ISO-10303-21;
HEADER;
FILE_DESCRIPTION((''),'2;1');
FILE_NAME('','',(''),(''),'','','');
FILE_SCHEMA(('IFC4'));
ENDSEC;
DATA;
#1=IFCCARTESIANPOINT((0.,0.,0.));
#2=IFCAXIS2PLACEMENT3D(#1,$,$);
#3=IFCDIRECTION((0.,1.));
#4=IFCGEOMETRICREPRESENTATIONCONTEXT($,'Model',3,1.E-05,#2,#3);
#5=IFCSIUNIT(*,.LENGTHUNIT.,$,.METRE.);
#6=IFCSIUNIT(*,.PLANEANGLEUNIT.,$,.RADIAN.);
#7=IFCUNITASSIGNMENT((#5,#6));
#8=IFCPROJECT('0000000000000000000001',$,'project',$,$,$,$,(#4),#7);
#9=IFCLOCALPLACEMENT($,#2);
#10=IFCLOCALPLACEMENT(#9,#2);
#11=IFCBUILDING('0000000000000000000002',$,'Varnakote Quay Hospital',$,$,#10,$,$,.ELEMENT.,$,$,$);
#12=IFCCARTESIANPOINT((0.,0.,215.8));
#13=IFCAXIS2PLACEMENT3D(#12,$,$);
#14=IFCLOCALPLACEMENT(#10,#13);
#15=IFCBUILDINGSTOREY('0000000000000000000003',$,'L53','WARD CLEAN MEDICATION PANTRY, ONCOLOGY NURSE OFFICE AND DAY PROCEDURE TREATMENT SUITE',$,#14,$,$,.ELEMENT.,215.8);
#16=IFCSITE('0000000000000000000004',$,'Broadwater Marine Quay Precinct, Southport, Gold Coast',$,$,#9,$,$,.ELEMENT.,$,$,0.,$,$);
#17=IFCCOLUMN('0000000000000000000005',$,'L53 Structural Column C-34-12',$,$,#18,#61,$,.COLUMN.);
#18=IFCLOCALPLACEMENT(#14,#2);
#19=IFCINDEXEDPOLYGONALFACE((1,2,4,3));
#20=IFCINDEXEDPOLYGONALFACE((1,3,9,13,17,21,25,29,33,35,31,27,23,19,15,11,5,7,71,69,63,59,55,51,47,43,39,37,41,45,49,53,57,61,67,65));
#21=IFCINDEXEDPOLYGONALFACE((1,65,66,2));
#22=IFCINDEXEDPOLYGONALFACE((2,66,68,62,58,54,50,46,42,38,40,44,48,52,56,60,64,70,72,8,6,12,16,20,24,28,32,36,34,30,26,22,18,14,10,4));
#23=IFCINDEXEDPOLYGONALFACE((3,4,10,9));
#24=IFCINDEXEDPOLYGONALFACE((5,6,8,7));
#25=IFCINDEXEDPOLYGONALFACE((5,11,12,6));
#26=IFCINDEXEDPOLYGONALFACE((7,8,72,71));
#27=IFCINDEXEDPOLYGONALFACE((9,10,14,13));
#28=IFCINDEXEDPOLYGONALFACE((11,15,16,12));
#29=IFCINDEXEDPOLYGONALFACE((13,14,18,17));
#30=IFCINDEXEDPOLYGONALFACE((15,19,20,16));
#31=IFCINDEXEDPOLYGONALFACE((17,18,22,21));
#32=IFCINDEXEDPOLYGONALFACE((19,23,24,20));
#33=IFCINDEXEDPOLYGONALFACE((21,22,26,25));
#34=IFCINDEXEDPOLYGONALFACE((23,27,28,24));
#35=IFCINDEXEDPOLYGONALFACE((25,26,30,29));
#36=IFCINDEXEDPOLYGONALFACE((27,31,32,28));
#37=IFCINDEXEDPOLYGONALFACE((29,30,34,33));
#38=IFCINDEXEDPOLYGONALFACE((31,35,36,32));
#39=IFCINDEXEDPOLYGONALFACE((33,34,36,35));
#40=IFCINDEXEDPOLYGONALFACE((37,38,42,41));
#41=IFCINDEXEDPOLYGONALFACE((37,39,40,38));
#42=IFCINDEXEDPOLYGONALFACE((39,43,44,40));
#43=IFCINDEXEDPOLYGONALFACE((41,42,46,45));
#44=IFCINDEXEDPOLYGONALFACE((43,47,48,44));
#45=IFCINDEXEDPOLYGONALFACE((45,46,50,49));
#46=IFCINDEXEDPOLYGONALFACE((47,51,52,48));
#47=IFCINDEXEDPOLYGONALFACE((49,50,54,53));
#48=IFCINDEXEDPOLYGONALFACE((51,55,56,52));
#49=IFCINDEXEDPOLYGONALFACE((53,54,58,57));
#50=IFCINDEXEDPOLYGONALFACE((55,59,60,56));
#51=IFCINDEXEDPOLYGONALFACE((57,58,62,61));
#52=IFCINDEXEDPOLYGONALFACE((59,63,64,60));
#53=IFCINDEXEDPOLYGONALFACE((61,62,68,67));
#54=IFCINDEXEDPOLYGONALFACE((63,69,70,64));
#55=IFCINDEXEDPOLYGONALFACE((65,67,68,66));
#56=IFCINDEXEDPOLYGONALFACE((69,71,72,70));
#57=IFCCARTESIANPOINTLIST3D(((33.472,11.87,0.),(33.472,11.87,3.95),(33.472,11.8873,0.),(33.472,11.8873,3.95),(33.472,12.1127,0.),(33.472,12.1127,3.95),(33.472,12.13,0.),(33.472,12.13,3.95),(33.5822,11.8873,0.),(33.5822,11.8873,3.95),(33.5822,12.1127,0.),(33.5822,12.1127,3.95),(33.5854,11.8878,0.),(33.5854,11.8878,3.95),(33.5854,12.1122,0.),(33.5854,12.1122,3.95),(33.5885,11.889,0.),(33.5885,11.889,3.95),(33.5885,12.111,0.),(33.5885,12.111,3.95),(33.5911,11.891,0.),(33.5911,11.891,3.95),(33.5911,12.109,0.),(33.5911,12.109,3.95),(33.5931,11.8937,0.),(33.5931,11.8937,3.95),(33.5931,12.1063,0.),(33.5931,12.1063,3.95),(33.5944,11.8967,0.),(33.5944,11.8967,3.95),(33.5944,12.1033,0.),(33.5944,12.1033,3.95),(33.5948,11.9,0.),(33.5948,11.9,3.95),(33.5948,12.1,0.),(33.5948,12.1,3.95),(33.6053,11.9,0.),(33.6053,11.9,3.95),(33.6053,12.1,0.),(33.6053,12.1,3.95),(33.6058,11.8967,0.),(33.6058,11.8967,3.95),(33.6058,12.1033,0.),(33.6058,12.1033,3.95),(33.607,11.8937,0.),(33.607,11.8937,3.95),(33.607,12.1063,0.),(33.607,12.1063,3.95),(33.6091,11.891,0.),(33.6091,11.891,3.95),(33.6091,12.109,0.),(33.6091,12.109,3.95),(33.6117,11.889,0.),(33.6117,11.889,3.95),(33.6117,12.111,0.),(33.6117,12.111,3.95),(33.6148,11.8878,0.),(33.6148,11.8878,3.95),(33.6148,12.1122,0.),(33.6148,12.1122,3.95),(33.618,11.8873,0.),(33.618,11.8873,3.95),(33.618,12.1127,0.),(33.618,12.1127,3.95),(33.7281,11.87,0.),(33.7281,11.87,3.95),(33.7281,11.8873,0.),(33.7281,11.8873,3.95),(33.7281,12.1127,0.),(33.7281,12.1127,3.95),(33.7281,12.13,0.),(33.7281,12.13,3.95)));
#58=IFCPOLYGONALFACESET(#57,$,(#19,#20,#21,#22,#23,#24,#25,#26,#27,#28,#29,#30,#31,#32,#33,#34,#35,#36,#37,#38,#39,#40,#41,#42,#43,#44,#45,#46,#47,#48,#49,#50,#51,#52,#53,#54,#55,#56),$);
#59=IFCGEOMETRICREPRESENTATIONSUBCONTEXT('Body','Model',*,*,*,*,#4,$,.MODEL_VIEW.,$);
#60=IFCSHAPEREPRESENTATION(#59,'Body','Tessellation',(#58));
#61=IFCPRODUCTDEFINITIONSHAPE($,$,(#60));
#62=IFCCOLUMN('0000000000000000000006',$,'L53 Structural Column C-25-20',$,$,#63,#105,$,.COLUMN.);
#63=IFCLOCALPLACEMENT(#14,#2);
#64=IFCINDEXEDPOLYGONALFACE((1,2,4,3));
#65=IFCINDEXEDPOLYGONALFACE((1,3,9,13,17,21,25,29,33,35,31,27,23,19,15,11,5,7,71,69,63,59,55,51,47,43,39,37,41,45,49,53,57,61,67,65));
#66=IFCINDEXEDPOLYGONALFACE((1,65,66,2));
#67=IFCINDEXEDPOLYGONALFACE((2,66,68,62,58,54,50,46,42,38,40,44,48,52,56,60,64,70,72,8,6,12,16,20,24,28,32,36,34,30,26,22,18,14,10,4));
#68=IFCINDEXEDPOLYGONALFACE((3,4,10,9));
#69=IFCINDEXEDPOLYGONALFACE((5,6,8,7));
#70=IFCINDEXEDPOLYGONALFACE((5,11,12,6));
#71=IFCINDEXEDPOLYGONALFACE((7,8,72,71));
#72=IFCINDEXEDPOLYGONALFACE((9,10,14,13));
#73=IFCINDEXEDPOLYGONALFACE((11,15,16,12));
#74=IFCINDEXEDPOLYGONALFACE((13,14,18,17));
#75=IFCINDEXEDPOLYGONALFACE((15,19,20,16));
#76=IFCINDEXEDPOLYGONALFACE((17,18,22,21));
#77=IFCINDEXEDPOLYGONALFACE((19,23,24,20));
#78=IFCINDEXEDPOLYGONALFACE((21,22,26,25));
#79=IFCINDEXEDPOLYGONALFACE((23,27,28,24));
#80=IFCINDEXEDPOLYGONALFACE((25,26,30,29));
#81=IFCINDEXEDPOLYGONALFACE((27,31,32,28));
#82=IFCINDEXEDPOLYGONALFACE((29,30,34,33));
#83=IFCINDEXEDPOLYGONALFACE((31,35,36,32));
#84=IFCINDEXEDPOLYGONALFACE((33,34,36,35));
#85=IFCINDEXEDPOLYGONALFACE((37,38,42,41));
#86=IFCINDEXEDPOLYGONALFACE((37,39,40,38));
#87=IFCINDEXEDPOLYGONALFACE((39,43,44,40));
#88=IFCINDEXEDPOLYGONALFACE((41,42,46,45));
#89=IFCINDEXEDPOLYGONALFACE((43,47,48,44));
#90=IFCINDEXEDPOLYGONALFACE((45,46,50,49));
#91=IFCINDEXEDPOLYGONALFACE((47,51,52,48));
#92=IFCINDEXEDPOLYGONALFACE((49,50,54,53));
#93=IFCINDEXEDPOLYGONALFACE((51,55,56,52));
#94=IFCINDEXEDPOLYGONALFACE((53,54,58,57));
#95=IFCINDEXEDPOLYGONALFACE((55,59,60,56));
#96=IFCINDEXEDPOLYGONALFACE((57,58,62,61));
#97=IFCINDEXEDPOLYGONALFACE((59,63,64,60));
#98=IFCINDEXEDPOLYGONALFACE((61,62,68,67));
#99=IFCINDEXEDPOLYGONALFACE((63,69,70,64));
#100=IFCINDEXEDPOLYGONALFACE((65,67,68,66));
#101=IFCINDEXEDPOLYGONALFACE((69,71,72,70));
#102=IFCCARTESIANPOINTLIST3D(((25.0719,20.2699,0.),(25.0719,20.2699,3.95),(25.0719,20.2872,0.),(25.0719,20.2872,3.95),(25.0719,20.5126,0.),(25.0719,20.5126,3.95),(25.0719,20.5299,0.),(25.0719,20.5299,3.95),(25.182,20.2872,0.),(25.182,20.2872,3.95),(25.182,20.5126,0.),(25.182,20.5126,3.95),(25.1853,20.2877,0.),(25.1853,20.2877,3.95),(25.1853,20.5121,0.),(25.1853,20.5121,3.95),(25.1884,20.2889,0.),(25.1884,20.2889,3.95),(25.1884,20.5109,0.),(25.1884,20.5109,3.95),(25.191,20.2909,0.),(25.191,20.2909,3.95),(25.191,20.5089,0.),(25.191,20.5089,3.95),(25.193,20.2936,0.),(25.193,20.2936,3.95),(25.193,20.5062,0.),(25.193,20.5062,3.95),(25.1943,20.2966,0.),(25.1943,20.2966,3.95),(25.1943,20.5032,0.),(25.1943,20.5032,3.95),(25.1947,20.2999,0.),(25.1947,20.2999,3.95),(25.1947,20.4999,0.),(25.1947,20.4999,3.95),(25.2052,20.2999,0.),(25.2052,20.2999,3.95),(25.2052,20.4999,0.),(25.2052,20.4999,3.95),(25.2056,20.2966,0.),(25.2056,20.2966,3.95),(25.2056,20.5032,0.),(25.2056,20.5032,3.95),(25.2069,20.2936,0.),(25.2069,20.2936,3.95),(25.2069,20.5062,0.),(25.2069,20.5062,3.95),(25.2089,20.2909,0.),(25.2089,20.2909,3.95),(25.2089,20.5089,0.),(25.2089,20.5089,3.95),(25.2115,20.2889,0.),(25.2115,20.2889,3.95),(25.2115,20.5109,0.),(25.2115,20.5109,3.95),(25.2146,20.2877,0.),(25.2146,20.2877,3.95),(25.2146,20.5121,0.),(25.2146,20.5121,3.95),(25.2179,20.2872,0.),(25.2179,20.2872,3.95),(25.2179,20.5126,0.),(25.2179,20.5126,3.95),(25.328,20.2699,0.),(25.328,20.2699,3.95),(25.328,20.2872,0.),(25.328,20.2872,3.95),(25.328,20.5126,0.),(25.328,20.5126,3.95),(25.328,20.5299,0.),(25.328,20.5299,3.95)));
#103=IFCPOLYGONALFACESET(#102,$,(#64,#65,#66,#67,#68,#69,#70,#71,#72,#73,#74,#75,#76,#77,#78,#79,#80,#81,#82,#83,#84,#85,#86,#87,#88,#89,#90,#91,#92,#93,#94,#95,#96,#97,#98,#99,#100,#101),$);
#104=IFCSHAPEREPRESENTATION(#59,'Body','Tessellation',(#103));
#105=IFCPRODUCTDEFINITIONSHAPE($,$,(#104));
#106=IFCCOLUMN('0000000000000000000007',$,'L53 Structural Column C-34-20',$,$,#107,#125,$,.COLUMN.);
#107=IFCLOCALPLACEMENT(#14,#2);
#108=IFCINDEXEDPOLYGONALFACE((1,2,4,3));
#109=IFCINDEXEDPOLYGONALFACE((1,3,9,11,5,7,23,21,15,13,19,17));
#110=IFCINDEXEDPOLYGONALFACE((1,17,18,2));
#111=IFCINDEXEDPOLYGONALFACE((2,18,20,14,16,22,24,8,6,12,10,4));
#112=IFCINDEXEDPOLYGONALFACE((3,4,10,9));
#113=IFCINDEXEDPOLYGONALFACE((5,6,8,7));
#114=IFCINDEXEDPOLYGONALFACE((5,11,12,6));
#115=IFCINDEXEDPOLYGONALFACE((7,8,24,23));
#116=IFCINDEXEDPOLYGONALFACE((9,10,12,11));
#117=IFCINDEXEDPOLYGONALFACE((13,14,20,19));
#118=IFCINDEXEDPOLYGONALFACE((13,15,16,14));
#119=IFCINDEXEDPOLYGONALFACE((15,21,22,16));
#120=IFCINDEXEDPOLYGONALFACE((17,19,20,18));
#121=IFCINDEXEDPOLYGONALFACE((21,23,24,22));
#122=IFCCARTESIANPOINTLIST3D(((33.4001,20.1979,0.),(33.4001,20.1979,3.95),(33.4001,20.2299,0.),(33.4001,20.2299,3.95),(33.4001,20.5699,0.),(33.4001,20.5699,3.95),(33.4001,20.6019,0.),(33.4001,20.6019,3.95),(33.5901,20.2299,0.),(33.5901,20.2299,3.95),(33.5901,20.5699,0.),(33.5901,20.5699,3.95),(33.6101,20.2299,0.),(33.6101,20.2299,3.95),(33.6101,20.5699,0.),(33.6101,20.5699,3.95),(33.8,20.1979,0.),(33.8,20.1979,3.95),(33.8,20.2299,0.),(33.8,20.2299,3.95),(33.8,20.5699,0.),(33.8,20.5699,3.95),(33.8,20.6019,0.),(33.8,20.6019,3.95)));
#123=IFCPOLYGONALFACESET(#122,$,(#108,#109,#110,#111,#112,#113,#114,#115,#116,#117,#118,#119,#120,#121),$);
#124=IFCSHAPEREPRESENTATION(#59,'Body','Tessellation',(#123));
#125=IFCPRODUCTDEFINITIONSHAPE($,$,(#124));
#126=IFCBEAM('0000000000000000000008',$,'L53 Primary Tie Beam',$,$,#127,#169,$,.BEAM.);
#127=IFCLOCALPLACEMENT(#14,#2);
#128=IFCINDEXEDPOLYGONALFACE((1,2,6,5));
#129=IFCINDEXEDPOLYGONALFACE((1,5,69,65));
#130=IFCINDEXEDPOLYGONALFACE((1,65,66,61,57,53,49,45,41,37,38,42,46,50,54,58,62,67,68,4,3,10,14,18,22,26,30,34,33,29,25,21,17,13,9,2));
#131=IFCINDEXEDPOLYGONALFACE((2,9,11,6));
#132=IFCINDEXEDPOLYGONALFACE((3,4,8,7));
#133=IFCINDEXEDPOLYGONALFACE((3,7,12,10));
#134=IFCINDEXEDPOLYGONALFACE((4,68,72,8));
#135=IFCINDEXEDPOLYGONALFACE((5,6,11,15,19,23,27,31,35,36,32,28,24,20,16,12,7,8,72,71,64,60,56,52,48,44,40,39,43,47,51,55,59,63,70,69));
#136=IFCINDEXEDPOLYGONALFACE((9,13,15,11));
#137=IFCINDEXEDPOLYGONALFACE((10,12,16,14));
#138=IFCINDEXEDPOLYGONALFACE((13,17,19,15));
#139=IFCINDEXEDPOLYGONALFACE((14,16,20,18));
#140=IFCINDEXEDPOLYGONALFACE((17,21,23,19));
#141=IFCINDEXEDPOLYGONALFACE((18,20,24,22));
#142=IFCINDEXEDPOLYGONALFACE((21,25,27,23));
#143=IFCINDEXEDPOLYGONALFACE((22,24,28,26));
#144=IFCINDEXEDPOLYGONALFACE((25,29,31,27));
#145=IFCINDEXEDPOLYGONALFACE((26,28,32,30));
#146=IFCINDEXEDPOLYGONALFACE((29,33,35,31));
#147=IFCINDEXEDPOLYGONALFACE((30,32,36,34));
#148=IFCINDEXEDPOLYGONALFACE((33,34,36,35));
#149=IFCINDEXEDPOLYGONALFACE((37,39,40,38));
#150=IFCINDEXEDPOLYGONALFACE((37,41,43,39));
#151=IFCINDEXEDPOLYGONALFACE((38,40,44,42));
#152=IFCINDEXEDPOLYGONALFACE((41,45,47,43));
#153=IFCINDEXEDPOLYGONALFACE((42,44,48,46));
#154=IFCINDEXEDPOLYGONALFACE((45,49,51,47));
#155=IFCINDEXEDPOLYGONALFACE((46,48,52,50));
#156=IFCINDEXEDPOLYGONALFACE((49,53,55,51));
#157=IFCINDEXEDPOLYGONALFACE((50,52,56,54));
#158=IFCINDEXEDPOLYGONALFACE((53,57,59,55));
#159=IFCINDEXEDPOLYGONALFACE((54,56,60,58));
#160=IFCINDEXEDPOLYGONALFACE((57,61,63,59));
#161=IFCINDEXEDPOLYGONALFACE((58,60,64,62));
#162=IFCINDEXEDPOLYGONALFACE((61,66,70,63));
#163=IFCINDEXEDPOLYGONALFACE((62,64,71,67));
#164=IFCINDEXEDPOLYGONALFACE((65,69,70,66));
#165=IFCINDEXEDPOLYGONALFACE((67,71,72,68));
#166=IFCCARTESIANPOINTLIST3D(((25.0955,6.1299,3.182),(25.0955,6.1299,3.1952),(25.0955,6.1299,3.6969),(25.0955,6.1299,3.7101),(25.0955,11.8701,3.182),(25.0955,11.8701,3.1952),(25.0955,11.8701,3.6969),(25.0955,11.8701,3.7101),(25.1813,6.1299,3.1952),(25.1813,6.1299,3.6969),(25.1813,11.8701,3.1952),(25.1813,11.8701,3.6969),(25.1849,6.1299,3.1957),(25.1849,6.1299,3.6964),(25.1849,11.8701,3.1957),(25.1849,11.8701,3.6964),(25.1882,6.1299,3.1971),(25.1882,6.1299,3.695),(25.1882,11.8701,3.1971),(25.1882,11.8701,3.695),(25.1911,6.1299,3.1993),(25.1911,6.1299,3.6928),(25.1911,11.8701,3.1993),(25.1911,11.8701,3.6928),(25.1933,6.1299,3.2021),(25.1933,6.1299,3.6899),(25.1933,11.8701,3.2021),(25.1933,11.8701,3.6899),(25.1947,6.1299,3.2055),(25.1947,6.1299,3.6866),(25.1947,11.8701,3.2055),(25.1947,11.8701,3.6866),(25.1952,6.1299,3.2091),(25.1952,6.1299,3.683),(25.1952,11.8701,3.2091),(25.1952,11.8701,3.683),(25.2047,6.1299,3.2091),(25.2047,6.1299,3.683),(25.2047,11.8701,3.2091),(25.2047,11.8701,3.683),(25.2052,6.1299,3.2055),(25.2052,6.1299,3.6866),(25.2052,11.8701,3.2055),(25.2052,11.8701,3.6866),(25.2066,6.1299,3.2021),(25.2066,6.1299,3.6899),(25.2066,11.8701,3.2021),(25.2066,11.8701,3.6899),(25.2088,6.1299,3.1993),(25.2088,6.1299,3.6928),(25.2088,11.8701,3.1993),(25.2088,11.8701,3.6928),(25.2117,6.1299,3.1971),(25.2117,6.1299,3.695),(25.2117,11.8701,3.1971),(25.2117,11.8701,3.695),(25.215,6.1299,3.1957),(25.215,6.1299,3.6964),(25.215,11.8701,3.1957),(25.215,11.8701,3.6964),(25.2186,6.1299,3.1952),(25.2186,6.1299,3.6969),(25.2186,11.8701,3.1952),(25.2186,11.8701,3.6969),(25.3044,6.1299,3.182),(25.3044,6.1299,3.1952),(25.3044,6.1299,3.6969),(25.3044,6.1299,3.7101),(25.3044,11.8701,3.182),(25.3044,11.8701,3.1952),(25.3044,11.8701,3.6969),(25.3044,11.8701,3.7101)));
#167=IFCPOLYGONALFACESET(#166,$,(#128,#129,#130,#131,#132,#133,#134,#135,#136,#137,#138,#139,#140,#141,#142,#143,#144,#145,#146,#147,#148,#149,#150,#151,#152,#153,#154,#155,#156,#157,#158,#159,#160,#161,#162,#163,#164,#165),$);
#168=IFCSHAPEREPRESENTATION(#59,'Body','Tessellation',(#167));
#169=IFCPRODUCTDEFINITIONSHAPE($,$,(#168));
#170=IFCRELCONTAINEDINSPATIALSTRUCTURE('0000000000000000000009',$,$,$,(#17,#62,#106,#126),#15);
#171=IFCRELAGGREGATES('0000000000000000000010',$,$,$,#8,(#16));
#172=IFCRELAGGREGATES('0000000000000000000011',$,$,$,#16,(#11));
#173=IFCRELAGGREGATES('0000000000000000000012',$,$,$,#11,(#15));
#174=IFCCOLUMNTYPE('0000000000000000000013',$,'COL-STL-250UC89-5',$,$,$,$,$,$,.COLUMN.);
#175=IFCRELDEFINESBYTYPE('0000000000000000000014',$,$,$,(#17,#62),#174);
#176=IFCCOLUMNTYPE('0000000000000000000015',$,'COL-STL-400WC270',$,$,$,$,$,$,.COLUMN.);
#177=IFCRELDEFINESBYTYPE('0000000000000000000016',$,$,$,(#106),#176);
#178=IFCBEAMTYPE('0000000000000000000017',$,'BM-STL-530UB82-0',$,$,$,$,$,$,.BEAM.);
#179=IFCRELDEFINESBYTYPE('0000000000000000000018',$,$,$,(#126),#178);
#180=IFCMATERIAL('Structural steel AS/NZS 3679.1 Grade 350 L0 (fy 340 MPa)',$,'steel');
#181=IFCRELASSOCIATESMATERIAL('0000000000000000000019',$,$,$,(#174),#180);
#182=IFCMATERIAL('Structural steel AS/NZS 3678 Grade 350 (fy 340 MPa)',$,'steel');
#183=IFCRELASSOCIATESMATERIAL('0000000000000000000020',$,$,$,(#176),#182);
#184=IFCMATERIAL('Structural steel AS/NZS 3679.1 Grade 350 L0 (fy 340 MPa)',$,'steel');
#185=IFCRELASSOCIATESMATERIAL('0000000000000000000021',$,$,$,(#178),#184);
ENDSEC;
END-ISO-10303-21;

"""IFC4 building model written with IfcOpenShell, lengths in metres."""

from ifc_helpers import new_model, si_unit, direction, frame, origin, origin_2d, place, context, subcontext, project, spatial, i_section, extrude, material, material_profile, profile_set, type_object, element, save


model = new_model("IFC4")

# Units and contexts
model_context = context("Model", 3, precision=1e-05, world=origin(), true_north=direction((0.0, 1.0)))
body_context = subcontext(model_context, "Body", "Model", "MODEL_VIEW")
ifc_project = project(units=[si_unit("LENGTHUNIT", "METRE"), si_unit("PLANEANGLEUNIT", "RADIAN")], contexts=[model_context])

# Site, building, storey
site_placement = place(None, origin())
site = spatial("IfcSite", under=ifc_project, at=site_placement, Name="Broadwater Marine Quay Precinct, Southport, Gold Coast", CompositionType="ELEMENT", RefElevation=0.0)
building_placement = place(site_placement, origin())
building = spatial("IfcBuilding", under=site, at=building_placement, Name="Varnakote Quay Hospital", CompositionType="ELEMENT")
storey_placement = place(building_placement, frame((0.0, 0.0, 215.8)))
storey = spatial("IfcBuildingStorey", under=building, at=storey_placement, Name="L53", Description="WARD CLEAN MEDICATION PANTRY, ONCOLOGY NURSE OFFICE AND DAY PROCEDURE TREATMENT SUITE", CompositionType="ELEMENT", Elevation=215.8)

# Columns
ifc_material_1 = material(Name="Structural steel AS/NZS 3679.1 Grade 350 L0 (fy 340 MPa)", Category="steel")
ifc_material_profile_1 = material_profile(ifc_material_1, i_section(OverallWidth=0.2561, OverallDepth=0.26, WebThickness=0.0105, FlangeThickness=0.0173, FilletRadius=0.0127, at=origin_2d()), Name="250UC89.5")
ifc_profile_set_1 = profile_set([ifc_material_profile_1], Name="Structural steel AS/NZS 3679.1 Grade 350 L0 (fy 340 MPa)")
column_type_1 = type_object("IfcColumnType", Name="COL-STL-250UC89-5", PredefinedType="COLUMN", material=ifc_profile_set_1)
for number, where, z_axis, x_axis, name in (
    (1, (33.6001, 12.0, 0.0), (0.0, 0.0, 1.0), (1.0, 0.0, 0.0), "L53 Structural Column C-34-12"),
    (2, (25.2, 20.3999, 0.0), (0.0, 0.0, 1.0), (1.0, 0.0, 0.0), "L53 Structural Column C-25-20"),
):
    element("IfcColumn", number, at=place(storey_placement, frame(where, z_axis=z_axis, x_axis=x_axis)), inside=storey, type_object=column_type_1, Name=name, PredefinedType="COLUMN", context=body_context, shape_type="SweptSolid", body=[
        extrude(i_section(OverallWidth=0.2561, OverallDepth=0.26, WebThickness=0.0105, FlangeThickness=0.0173, FilletRadius=0.0127, at=origin_2d()), origin(), (0.0, 0.0, 1.0), 3.95),
    ])
ifc_material_2 = material(Name="Structural steel AS/NZS 3678 Grade 350 (fy 340 MPa)", Category="steel")
ifc_material_profile_2 = material_profile(ifc_material_2, i_section(OverallWidth=0.3999, OverallDepth=0.4041, WebThickness=0.02, FlangeThickness=0.032, at=origin_2d()), Name="400WC270")
ifc_profile_set_2 = profile_set([ifc_material_profile_2], Name="Structural steel AS/NZS 3678 Grade 350 (fy 340 MPa)")
column_type_2 = type_object("IfcColumnType", Name="COL-STL-400WC270", PredefinedType="COLUMN", material=ifc_profile_set_2)
column_placement = place(storey_placement, frame((33.6001, 20.3999, 0.0), z_axis=(0.0, 0.0, 1.0), x_axis=(1.0, 0.0, 0.0)))
element("IfcColumn", 3, at=column_placement, inside=storey, type_object=column_type_2, Name="L53 Structural Column C-34-20", PredefinedType="COLUMN", context=body_context, shape_type="SweptSolid", body=[
    extrude(i_section(OverallWidth=0.3999, OverallDepth=0.4041, WebThickness=0.02, FlangeThickness=0.032, at=origin_2d()), origin(), (0.0, 0.0, 1.0), 3.95),
])

# Beam
ifc_material_3 = material(Name="Structural steel AS/NZS 3679.1 Grade 350 L0 (fy 340 MPa)", Category="steel")
ifc_material_profile_3 = material_profile(ifc_material_3, i_section(OverallWidth=0.209, OverallDepth=0.5281, WebThickness=0.0095, FlangeThickness=0.0132, FilletRadius=0.0139, at=origin_2d()), Name="530UB82.0")
ifc_profile_set_3 = profile_set([ifc_material_profile_3], Name="Structural steel AS/NZS 3679.1 Grade 350 L0 (fy 340 MPa)")
beam_type_1 = type_object("IfcBeamType", Name="BM-STL-530UB82-0", PredefinedType="BEAM", material=ifc_profile_set_3)
beam_1_placement = place(storey_placement, frame((25.2, 6.1299, 3.446), z_axis=(0.0, 1.0, 0.0), x_axis=(-1.0, 0.0, 0.0)))
element("IfcBeam", 4, at=beam_1_placement, inside=storey, type_object=beam_type_1, Name="L53 Primary Tie Beam", PredefinedType="BEAM", context=body_context, shape_type="SweptSolid", body=[
    extrude(i_section(OverallWidth=0.209, OverallDepth=0.5281, WebThickness=0.0095, FlangeThickness=0.0132, FilletRadius=0.0139, at=origin_2d()), origin(), (0.0, 0.0, 1.0), 5.7402),
])

save(model, "model.ifc")
